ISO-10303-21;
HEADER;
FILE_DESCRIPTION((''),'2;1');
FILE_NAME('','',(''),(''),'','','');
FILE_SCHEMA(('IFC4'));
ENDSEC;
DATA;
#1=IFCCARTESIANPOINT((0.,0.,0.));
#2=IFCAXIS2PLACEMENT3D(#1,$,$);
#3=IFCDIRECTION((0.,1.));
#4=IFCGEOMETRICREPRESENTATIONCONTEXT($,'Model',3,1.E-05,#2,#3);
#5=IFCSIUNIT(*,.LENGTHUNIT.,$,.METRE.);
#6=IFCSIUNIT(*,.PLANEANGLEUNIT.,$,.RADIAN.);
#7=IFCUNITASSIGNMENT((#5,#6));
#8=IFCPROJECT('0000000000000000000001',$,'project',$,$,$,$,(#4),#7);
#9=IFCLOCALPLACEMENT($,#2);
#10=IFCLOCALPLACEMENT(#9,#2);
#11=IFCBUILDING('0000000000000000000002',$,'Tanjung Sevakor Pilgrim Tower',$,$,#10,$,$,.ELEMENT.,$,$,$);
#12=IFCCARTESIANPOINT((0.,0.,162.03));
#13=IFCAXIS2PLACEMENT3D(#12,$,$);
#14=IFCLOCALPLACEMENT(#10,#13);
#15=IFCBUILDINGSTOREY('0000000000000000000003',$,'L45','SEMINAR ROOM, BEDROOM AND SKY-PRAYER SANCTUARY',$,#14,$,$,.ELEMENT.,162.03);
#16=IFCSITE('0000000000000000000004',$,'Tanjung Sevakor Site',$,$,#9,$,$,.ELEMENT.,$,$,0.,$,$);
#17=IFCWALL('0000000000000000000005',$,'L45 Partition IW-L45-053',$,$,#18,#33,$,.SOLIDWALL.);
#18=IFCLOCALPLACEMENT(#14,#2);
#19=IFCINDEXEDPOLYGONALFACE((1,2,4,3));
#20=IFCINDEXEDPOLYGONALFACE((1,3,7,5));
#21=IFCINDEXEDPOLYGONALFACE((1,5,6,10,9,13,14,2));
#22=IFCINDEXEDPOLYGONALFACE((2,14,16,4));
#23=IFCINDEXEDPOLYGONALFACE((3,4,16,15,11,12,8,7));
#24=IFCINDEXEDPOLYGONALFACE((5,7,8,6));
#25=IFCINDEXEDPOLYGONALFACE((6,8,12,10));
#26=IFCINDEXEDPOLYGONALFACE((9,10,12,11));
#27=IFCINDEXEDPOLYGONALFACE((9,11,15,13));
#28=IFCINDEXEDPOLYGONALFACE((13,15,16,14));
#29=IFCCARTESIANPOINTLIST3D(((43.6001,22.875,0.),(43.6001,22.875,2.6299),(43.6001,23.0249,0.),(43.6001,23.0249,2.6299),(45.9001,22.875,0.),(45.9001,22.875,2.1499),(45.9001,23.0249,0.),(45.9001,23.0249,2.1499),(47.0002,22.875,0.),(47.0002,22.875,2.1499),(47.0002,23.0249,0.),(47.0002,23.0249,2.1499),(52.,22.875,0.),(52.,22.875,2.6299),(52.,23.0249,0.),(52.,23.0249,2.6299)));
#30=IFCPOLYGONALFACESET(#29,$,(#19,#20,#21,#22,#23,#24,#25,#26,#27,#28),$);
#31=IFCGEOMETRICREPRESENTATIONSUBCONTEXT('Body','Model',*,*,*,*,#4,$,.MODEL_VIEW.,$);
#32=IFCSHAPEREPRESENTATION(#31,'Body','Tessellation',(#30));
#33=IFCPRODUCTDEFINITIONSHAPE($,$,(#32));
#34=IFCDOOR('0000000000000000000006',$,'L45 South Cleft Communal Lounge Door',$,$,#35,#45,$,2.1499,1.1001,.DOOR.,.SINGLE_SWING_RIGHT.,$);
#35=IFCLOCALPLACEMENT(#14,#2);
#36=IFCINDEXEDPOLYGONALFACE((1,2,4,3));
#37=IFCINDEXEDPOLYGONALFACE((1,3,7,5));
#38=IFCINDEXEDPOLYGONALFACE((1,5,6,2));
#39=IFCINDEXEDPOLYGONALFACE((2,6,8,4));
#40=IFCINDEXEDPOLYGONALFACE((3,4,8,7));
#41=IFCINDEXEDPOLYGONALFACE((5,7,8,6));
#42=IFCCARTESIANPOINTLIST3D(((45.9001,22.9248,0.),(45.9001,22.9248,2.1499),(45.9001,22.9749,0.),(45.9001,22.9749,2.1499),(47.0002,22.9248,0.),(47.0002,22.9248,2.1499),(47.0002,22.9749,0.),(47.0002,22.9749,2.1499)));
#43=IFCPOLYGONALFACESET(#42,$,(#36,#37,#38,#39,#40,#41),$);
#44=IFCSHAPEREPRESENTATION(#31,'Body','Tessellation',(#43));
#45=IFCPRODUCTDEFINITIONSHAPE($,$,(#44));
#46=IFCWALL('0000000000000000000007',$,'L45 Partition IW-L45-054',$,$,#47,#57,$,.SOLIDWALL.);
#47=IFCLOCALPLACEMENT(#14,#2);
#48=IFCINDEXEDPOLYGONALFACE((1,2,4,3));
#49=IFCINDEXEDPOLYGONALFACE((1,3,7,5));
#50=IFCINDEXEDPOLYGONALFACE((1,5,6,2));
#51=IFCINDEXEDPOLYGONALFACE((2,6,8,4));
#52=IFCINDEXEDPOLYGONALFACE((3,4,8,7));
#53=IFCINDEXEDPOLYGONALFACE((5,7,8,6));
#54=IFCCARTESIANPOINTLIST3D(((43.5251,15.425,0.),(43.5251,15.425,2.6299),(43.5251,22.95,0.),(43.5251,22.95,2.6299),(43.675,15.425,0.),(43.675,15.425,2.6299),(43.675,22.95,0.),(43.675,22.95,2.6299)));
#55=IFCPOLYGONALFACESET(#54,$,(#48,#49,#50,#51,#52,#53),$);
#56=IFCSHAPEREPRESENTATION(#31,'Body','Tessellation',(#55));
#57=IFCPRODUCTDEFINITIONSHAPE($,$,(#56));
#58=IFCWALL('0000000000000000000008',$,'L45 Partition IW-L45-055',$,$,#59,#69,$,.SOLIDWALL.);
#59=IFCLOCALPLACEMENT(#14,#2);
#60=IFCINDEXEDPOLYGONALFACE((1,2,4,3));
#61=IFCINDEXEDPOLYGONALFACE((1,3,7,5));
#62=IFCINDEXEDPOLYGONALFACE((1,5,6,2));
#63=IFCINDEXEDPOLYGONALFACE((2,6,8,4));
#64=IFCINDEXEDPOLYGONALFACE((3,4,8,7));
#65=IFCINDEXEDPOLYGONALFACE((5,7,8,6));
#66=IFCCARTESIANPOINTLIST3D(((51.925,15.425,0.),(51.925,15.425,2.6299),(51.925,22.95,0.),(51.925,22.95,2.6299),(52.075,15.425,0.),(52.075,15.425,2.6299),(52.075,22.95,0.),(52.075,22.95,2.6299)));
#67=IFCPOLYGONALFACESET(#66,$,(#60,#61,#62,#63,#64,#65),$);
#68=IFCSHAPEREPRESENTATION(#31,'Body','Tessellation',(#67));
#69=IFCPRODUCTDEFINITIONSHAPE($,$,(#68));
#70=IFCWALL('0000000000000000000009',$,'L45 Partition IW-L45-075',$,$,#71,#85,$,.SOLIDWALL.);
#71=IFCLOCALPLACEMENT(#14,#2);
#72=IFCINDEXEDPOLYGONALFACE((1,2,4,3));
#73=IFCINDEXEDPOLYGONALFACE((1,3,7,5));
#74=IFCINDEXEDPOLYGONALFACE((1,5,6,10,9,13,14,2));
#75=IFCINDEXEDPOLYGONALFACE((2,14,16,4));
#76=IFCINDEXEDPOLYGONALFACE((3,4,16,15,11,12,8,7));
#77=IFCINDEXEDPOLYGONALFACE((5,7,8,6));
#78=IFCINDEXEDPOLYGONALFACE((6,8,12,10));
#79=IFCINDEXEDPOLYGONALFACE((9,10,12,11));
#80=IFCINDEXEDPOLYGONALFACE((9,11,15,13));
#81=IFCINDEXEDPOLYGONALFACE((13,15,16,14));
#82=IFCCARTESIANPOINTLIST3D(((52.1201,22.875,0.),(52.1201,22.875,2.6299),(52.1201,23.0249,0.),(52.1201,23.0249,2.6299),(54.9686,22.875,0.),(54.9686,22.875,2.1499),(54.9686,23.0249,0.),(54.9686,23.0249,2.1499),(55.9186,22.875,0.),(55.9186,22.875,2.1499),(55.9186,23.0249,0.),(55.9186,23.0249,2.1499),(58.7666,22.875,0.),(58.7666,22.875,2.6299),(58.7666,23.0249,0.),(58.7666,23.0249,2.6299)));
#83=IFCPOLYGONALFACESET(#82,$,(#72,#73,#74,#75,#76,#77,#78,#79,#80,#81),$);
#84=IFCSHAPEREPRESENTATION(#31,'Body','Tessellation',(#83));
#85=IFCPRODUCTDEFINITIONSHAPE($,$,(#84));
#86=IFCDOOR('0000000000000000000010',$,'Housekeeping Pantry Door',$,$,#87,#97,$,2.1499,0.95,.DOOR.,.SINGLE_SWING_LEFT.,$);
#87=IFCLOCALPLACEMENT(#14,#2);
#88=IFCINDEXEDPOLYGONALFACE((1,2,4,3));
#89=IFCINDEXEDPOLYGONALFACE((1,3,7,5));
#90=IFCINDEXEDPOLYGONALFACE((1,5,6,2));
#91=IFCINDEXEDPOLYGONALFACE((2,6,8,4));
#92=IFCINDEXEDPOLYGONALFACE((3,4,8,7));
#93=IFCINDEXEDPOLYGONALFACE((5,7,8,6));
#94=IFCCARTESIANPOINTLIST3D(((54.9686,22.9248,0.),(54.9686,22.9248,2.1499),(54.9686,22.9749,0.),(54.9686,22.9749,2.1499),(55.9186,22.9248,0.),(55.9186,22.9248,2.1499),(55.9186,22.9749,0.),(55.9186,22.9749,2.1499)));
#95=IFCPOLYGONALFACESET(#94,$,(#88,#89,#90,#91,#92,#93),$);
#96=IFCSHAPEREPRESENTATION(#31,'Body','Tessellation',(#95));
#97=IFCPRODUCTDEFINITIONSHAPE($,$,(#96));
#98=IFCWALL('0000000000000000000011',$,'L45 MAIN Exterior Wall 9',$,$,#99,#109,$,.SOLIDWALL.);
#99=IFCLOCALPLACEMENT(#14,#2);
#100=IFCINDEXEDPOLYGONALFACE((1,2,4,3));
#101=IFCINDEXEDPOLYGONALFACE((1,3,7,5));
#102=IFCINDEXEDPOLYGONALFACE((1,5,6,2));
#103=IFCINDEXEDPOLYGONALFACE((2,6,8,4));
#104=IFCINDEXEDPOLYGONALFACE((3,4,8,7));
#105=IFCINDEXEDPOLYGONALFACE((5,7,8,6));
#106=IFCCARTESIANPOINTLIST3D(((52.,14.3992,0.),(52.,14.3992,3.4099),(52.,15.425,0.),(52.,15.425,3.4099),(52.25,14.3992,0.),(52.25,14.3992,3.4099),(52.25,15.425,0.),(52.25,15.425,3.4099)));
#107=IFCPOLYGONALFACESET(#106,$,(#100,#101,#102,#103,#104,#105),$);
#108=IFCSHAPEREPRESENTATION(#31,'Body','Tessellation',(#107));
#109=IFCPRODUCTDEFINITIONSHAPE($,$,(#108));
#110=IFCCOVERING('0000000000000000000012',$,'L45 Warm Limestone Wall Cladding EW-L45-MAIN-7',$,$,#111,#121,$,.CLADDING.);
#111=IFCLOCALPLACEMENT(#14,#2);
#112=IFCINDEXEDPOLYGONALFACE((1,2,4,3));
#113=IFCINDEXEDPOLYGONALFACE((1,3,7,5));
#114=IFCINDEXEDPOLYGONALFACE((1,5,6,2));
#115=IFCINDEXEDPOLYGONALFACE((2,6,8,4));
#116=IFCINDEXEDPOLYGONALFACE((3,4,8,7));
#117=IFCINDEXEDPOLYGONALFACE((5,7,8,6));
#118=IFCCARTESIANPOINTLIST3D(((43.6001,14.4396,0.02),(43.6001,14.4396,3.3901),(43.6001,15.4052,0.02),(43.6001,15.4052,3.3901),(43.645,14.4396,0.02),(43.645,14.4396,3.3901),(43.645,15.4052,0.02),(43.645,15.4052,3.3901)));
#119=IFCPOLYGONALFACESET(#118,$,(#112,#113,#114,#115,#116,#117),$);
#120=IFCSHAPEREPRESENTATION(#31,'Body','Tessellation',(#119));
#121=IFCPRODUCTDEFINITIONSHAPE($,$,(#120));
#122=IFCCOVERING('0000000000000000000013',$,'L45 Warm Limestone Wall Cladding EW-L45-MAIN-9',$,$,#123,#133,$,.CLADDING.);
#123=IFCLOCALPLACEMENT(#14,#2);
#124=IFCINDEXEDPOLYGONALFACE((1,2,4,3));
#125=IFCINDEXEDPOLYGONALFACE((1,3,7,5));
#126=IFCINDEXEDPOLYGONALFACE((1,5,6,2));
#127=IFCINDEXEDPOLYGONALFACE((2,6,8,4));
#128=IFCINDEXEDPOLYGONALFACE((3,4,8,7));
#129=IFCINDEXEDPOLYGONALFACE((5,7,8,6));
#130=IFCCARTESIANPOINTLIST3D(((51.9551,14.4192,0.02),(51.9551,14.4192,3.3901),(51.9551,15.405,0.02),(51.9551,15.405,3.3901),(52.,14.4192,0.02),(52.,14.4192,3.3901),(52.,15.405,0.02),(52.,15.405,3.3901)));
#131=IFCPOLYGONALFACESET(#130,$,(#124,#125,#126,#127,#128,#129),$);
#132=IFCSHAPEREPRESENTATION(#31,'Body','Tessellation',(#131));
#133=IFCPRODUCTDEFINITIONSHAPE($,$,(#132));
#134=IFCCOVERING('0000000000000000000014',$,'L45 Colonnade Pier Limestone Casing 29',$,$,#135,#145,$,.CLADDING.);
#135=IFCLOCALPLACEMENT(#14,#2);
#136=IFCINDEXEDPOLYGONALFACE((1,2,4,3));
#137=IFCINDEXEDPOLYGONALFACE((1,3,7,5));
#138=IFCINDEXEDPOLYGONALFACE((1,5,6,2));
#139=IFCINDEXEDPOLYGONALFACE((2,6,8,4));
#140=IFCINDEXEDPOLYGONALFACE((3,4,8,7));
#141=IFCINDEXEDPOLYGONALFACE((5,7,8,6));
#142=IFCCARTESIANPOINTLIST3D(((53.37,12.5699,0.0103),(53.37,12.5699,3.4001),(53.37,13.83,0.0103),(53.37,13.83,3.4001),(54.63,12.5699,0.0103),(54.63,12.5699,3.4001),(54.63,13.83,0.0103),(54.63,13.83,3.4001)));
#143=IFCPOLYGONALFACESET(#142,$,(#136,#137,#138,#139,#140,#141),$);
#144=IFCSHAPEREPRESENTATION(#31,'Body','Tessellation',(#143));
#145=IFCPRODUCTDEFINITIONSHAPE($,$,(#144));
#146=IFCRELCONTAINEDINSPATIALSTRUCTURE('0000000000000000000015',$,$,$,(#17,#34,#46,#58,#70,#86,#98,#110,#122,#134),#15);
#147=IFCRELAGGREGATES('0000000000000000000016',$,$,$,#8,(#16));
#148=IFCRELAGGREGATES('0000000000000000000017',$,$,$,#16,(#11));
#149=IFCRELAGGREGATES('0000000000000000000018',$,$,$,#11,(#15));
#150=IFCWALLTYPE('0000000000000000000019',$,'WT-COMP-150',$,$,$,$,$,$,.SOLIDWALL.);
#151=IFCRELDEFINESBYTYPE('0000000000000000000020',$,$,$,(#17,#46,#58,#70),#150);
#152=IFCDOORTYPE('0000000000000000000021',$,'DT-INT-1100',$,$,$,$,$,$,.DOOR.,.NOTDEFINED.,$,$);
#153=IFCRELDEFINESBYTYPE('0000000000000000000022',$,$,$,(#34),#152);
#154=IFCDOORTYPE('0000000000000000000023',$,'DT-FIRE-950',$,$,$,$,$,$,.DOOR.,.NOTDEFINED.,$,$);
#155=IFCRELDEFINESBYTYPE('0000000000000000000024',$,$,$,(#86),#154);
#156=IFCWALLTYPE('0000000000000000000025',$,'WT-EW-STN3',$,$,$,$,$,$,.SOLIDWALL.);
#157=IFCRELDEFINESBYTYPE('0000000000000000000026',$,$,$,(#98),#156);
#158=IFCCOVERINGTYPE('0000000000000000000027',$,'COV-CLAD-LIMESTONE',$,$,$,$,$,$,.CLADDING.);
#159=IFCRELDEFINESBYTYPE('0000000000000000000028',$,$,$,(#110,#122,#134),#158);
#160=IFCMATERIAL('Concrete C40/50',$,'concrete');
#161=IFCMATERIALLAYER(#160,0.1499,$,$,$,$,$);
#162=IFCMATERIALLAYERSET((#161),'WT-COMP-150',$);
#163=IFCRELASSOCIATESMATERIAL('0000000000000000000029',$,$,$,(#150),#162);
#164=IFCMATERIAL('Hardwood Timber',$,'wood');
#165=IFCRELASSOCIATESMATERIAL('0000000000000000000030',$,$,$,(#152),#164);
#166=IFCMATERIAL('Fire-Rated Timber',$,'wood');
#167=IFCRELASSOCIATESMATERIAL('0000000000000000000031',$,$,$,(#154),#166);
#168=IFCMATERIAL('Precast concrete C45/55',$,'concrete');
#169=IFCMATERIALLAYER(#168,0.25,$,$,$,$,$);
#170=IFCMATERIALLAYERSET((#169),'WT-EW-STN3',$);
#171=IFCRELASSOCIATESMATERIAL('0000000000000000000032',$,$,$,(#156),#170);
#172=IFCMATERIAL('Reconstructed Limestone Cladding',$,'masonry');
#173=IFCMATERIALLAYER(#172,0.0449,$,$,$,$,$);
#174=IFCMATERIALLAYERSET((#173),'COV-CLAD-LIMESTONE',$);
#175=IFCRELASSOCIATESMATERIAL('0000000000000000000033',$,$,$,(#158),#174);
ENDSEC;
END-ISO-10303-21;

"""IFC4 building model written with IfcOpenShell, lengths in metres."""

from ifc_helpers import new_model, si_unit, direction, frame, frame_2d, origin, origin_2d, place, context, subcontext, project, spatial, rectangle, extrude, material, layer, layer_set, type_object, element, fill, save


model = new_model("IFC4")

# Units and contexts
model_context = context("Model", 3, precision=1e-05, world=origin(), true_north=direction((0.0, 1.0)))
body_context = subcontext(model_context, "Body", "Model", "MODEL_VIEW")
ifc_project = project(units=[si_unit("LENGTHUNIT", "METRE"), si_unit("PLANEANGLEUNIT", "RADIAN")], contexts=[model_context])

# Site, building, storey
site_placement = place(None, origin())
site = spatial("IfcSite", under=ifc_project, at=site_placement, Name="Tanjung Sevakor Site", CompositionType="ELEMENT", RefElevation=0.0)
building_placement = place(site_placement, origin())
building = spatial("IfcBuilding", under=site, at=building_placement, Name="Tanjung Sevakor Pilgrim Tower", CompositionType="ELEMENT")
storey_placement = place(building_placement, frame((0.0, 0.0, 162.03)))
storey = spatial("IfcBuildingStorey", under=building, at=storey_placement, Name="L45", Description="SEMINAR ROOM, BEDROOM AND SKY-PRAYER SANCTUARY", CompositionType="ELEMENT", Elevation=162.03)

# Shared definitions
ifc_material_1 = material(Name="Concrete C40/50", Category="concrete")
ifc_layer_1 = layer(ifc_material_1, 0.1499)
ifc_layer_set_1 = layer_set([ifc_layer_1], Name="WT-COMP-150")
wall_type_1 = type_object("IfcWallType", Name="WT-COMP-150", PredefinedType="SOLIDWALL", material=ifc_layer_set_1)

# Wall, opening, door
wall_1_placement = place(storey_placement, frame((43.6001, 22.95, 0.0), z_axis=(0.0, 0.0, 1.0), x_axis=(1.0, 0.0, 0.0)))
wall_1 = element("IfcWall", 1, at=wall_1_placement, inside=storey, type_object=wall_type_1, Name="L45 Partition IW-L45-053", PredefinedType="SOLIDWALL", context=body_context, shape_type="SweptSolid", body=[
    extrude(rectangle(XDim=8.3999, YDim=0.1499, at=frame_2d((4.2, 0.0))), origin(), (0.0, 0.0, 1.0), 2.6299),
])
opening_1_placement = place(wall_1_placement, frame((2.3, 0.0, 0.0)))
opening_1 = element("IfcOpeningElement", 2, at=opening_1_placement, cuts=wall_1, PredefinedType="OPENING", context=body_context, shape_type="SweptSolid", body=[
    extrude(rectangle(XDim=1.1001, YDim=2.1499, at=frame_2d((0.55, 1.075))), frame((0.0, 0.085, 0.0), z_axis=(0.0, -1.0, 0.0), x_axis=(1.0, 0.0, 0.0)), (0.0, 0.0, 1.0), 0.1699),
])
ifc_material_2 = material(Name="Hardwood Timber", Category="wood")
door_type_1 = type_object("IfcDoorType", Name="DT-INT-1100", OperationType="NOTDEFINED", PredefinedType="DOOR", material=ifc_material_2)
door_1_placement = place(opening_1_placement, origin())
door_1 = element("IfcDoor", 3, at=door_1_placement, inside=storey, type_object=door_type_1, Name="L45 South Cleft Communal Lounge Door", OperationType="SINGLE_SWING_RIGHT", OverallHeight=2.1499, OverallWidth=1.1001, PredefinedType="DOOR", context=body_context, shape_type="SweptSolid", body=[
    extrude(rectangle(XDim=1.1001, YDim=2.1499, at=frame_2d((0.55, 1.075))), frame((0.0, 0.0249, 0.0), z_axis=(0.0, -1.0, 0.0), x_axis=(1.0, 0.0, 0.0)), (0.0, 0.0, 1.0), 0.05),
])
fill(opening_1, door_1)

# Walls
for number, where, z_axis, x_axis, name in (
    (4, (43.6001, 15.425, 0.0), (0.0, 0.0, 1.0), (0.0, 1.0, 0.0), "L45 Partition IW-L45-054"),
    (5, (52.0, 15.425, 0.0), (0.0, 0.0, 1.0), (0.0, 1.0, 0.0), "L45 Partition IW-L45-055"),
):
    element("IfcWall", number, at=place(storey_placement, frame(where, z_axis=z_axis, x_axis=x_axis)), inside=storey, type_object=wall_type_1, Name=name, PredefinedType="SOLIDWALL", context=body_context, shape_type="SweptSolid", body=[
        extrude(rectangle(XDim=7.5249, YDim=0.1499, at=frame_2d((3.7625, 0.0))), origin(), (0.0, 0.0, 1.0), 2.6299),
    ])

# Wall, opening, door
wall_2_placement = place(storey_placement, frame((52.1201, 22.95, 0.0), z_axis=(0.0, 0.0, 1.0), x_axis=(1.0, 0.0, 0.0)))
wall_2 = element("IfcWall", 6, at=wall_2_placement, inside=storey, type_object=wall_type_1, Name="L45 Partition IW-L45-075", PredefinedType="SOLIDWALL", context=body_context, shape_type="SweptSolid", body=[
    extrude(rectangle(XDim=6.6465, YDim=0.1499, at=frame_2d((3.3232, 0.0))), origin(), (0.0, 0.0, 1.0), 2.6299),
])
opening_2_placement = place(wall_2_placement, frame((2.8484, 0.0, 0.0)))
opening_2 = element("IfcOpeningElement", 7, at=opening_2_placement, cuts=wall_2, PredefinedType="OPENING", context=body_context, shape_type="SweptSolid", body=[
    extrude(rectangle(XDim=0.95, YDim=2.1499, at=frame_2d((0.4751, 1.075))), frame((0.0, 0.085, 0.0), z_axis=(0.0, -1.0, 0.0), x_axis=(1.0, 0.0, 0.0)), (0.0, 0.0, 1.0), 0.1699),
])
ifc_material_3 = material(Name="Fire-Rated Timber", Category="wood")
door_type_2 = type_object("IfcDoorType", Name="DT-FIRE-950", OperationType="NOTDEFINED", PredefinedType="DOOR", material=ifc_material_3)
door_2_placement = place(opening_2_placement, origin())
door_2 = element("IfcDoor", 8, at=door_2_placement, inside=storey, type_object=door_type_2, Name="Housekeeping Pantry Door", OperationType="SINGLE_SWING_LEFT", OverallHeight=2.1499, OverallWidth=0.95, PredefinedType="DOOR", context=body_context, shape_type="SweptSolid", body=[
    extrude(rectangle(XDim=0.95, YDim=2.1499, at=frame_2d((0.4751, 1.075))), frame((0.0, 0.0249, 0.0), z_axis=(0.0, -1.0, 0.0), x_axis=(1.0, 0.0, 0.0)), (0.0, 0.0, 1.0), 0.05),
])
fill(opening_2, door_2)

# Wall
ifc_material_4 = material(Name="Precast concrete C45/55", Category="concrete")
ifc_layer_2 = layer(ifc_material_4, 0.25)
ifc_layer_set_2 = layer_set([ifc_layer_2], Name="WT-EW-STN3")
wall_type_2 = type_object("IfcWallType", Name="WT-EW-STN3", PredefinedType="SOLIDWALL", material=ifc_layer_set_2)
wall_3_placement = place(storey_placement, frame((52.125, 15.425, 0.0), z_axis=(0.0, 0.0, 1.0), x_axis=(0.0, -1.0, 0.0)))
element("IfcWall", 9, at=wall_3_placement, inside=storey, type_object=wall_type_2, Name="L45 MAIN Exterior Wall 9", PredefinedType="SOLIDWALL", context=body_context, shape_type="SweptSolid", body=[
    extrude(rectangle(XDim=1.0259, YDim=0.25, at=frame_2d((0.5129, 0.0))), origin(), (0.0, 0.0, 1.0), 3.4099),
])

# Coverings
ifc_material_5 = material(Name="Reconstructed Limestone Cladding", Category="masonry")
ifc_layer_3 = layer(ifc_material_5, 0.0449)
ifc_layer_set_3 = layer_set([ifc_layer_3], Name="COV-CLAD-LIMESTONE")
covering_type = type_object("IfcCoveringType", Name="COV-CLAD-LIMESTONE", PredefinedType="CLADDING", material=ifc_layer_set_3)
covering_1_placement = place(storey_placement, frame((43.6226, 14.9224, 0.02), z_axis=(0.0, 0.0, 1.0), x_axis=(0.0, 1.0, 0.0)))
element("IfcCovering", 10, at=covering_1_placement, inside=storey, type_object=covering_type, Name="L45 Warm Limestone Wall Cladding EW-L45-MAIN-7", PredefinedType="CLADDING", context=body_context, shape_type="SweptSolid", body=[
    extrude(rectangle(XDim=0.9656, YDim=0.0449, at=origin_2d()), origin(), (0.0, 0.0, 1.0), 3.3701),
])
covering_2_placement = place(storey_placement, frame((51.9775, 14.9121, 0.02), z_axis=(0.0, 0.0, 1.0), x_axis=(0.0, -1.0, 0.0)))
element("IfcCovering", 11, at=covering_2_placement, inside=storey, type_object=covering_type, Name="L45 Warm Limestone Wall Cladding EW-L45-MAIN-9", PredefinedType="CLADDING", context=body_context, shape_type="SweptSolid", body=[
    extrude(rectangle(XDim=0.9858, YDim=0.0449, at=origin_2d()), origin(), (0.0, 0.0, 1.0), 3.3701),
])
covering_3_placement = place(storey_placement, frame((54.0, 13.2, 0.0103), z_axis=(0.0, 0.0, 1.0), x_axis=(1.0, 0.0, 0.0)))
element("IfcCovering", 12, at=covering_3_placement, inside=storey, type_object=covering_type, Name="L45 Colonnade Pier Limestone Casing 29", PredefinedType="CLADDING", context=body_context, shape_type="SweptSolid", body=[
    extrude(rectangle(XDim=1.26, YDim=1.26, at=origin_2d()), origin(), (0.0, 0.0, 1.0), 3.3899),
])

save(model, "model.ifc")
